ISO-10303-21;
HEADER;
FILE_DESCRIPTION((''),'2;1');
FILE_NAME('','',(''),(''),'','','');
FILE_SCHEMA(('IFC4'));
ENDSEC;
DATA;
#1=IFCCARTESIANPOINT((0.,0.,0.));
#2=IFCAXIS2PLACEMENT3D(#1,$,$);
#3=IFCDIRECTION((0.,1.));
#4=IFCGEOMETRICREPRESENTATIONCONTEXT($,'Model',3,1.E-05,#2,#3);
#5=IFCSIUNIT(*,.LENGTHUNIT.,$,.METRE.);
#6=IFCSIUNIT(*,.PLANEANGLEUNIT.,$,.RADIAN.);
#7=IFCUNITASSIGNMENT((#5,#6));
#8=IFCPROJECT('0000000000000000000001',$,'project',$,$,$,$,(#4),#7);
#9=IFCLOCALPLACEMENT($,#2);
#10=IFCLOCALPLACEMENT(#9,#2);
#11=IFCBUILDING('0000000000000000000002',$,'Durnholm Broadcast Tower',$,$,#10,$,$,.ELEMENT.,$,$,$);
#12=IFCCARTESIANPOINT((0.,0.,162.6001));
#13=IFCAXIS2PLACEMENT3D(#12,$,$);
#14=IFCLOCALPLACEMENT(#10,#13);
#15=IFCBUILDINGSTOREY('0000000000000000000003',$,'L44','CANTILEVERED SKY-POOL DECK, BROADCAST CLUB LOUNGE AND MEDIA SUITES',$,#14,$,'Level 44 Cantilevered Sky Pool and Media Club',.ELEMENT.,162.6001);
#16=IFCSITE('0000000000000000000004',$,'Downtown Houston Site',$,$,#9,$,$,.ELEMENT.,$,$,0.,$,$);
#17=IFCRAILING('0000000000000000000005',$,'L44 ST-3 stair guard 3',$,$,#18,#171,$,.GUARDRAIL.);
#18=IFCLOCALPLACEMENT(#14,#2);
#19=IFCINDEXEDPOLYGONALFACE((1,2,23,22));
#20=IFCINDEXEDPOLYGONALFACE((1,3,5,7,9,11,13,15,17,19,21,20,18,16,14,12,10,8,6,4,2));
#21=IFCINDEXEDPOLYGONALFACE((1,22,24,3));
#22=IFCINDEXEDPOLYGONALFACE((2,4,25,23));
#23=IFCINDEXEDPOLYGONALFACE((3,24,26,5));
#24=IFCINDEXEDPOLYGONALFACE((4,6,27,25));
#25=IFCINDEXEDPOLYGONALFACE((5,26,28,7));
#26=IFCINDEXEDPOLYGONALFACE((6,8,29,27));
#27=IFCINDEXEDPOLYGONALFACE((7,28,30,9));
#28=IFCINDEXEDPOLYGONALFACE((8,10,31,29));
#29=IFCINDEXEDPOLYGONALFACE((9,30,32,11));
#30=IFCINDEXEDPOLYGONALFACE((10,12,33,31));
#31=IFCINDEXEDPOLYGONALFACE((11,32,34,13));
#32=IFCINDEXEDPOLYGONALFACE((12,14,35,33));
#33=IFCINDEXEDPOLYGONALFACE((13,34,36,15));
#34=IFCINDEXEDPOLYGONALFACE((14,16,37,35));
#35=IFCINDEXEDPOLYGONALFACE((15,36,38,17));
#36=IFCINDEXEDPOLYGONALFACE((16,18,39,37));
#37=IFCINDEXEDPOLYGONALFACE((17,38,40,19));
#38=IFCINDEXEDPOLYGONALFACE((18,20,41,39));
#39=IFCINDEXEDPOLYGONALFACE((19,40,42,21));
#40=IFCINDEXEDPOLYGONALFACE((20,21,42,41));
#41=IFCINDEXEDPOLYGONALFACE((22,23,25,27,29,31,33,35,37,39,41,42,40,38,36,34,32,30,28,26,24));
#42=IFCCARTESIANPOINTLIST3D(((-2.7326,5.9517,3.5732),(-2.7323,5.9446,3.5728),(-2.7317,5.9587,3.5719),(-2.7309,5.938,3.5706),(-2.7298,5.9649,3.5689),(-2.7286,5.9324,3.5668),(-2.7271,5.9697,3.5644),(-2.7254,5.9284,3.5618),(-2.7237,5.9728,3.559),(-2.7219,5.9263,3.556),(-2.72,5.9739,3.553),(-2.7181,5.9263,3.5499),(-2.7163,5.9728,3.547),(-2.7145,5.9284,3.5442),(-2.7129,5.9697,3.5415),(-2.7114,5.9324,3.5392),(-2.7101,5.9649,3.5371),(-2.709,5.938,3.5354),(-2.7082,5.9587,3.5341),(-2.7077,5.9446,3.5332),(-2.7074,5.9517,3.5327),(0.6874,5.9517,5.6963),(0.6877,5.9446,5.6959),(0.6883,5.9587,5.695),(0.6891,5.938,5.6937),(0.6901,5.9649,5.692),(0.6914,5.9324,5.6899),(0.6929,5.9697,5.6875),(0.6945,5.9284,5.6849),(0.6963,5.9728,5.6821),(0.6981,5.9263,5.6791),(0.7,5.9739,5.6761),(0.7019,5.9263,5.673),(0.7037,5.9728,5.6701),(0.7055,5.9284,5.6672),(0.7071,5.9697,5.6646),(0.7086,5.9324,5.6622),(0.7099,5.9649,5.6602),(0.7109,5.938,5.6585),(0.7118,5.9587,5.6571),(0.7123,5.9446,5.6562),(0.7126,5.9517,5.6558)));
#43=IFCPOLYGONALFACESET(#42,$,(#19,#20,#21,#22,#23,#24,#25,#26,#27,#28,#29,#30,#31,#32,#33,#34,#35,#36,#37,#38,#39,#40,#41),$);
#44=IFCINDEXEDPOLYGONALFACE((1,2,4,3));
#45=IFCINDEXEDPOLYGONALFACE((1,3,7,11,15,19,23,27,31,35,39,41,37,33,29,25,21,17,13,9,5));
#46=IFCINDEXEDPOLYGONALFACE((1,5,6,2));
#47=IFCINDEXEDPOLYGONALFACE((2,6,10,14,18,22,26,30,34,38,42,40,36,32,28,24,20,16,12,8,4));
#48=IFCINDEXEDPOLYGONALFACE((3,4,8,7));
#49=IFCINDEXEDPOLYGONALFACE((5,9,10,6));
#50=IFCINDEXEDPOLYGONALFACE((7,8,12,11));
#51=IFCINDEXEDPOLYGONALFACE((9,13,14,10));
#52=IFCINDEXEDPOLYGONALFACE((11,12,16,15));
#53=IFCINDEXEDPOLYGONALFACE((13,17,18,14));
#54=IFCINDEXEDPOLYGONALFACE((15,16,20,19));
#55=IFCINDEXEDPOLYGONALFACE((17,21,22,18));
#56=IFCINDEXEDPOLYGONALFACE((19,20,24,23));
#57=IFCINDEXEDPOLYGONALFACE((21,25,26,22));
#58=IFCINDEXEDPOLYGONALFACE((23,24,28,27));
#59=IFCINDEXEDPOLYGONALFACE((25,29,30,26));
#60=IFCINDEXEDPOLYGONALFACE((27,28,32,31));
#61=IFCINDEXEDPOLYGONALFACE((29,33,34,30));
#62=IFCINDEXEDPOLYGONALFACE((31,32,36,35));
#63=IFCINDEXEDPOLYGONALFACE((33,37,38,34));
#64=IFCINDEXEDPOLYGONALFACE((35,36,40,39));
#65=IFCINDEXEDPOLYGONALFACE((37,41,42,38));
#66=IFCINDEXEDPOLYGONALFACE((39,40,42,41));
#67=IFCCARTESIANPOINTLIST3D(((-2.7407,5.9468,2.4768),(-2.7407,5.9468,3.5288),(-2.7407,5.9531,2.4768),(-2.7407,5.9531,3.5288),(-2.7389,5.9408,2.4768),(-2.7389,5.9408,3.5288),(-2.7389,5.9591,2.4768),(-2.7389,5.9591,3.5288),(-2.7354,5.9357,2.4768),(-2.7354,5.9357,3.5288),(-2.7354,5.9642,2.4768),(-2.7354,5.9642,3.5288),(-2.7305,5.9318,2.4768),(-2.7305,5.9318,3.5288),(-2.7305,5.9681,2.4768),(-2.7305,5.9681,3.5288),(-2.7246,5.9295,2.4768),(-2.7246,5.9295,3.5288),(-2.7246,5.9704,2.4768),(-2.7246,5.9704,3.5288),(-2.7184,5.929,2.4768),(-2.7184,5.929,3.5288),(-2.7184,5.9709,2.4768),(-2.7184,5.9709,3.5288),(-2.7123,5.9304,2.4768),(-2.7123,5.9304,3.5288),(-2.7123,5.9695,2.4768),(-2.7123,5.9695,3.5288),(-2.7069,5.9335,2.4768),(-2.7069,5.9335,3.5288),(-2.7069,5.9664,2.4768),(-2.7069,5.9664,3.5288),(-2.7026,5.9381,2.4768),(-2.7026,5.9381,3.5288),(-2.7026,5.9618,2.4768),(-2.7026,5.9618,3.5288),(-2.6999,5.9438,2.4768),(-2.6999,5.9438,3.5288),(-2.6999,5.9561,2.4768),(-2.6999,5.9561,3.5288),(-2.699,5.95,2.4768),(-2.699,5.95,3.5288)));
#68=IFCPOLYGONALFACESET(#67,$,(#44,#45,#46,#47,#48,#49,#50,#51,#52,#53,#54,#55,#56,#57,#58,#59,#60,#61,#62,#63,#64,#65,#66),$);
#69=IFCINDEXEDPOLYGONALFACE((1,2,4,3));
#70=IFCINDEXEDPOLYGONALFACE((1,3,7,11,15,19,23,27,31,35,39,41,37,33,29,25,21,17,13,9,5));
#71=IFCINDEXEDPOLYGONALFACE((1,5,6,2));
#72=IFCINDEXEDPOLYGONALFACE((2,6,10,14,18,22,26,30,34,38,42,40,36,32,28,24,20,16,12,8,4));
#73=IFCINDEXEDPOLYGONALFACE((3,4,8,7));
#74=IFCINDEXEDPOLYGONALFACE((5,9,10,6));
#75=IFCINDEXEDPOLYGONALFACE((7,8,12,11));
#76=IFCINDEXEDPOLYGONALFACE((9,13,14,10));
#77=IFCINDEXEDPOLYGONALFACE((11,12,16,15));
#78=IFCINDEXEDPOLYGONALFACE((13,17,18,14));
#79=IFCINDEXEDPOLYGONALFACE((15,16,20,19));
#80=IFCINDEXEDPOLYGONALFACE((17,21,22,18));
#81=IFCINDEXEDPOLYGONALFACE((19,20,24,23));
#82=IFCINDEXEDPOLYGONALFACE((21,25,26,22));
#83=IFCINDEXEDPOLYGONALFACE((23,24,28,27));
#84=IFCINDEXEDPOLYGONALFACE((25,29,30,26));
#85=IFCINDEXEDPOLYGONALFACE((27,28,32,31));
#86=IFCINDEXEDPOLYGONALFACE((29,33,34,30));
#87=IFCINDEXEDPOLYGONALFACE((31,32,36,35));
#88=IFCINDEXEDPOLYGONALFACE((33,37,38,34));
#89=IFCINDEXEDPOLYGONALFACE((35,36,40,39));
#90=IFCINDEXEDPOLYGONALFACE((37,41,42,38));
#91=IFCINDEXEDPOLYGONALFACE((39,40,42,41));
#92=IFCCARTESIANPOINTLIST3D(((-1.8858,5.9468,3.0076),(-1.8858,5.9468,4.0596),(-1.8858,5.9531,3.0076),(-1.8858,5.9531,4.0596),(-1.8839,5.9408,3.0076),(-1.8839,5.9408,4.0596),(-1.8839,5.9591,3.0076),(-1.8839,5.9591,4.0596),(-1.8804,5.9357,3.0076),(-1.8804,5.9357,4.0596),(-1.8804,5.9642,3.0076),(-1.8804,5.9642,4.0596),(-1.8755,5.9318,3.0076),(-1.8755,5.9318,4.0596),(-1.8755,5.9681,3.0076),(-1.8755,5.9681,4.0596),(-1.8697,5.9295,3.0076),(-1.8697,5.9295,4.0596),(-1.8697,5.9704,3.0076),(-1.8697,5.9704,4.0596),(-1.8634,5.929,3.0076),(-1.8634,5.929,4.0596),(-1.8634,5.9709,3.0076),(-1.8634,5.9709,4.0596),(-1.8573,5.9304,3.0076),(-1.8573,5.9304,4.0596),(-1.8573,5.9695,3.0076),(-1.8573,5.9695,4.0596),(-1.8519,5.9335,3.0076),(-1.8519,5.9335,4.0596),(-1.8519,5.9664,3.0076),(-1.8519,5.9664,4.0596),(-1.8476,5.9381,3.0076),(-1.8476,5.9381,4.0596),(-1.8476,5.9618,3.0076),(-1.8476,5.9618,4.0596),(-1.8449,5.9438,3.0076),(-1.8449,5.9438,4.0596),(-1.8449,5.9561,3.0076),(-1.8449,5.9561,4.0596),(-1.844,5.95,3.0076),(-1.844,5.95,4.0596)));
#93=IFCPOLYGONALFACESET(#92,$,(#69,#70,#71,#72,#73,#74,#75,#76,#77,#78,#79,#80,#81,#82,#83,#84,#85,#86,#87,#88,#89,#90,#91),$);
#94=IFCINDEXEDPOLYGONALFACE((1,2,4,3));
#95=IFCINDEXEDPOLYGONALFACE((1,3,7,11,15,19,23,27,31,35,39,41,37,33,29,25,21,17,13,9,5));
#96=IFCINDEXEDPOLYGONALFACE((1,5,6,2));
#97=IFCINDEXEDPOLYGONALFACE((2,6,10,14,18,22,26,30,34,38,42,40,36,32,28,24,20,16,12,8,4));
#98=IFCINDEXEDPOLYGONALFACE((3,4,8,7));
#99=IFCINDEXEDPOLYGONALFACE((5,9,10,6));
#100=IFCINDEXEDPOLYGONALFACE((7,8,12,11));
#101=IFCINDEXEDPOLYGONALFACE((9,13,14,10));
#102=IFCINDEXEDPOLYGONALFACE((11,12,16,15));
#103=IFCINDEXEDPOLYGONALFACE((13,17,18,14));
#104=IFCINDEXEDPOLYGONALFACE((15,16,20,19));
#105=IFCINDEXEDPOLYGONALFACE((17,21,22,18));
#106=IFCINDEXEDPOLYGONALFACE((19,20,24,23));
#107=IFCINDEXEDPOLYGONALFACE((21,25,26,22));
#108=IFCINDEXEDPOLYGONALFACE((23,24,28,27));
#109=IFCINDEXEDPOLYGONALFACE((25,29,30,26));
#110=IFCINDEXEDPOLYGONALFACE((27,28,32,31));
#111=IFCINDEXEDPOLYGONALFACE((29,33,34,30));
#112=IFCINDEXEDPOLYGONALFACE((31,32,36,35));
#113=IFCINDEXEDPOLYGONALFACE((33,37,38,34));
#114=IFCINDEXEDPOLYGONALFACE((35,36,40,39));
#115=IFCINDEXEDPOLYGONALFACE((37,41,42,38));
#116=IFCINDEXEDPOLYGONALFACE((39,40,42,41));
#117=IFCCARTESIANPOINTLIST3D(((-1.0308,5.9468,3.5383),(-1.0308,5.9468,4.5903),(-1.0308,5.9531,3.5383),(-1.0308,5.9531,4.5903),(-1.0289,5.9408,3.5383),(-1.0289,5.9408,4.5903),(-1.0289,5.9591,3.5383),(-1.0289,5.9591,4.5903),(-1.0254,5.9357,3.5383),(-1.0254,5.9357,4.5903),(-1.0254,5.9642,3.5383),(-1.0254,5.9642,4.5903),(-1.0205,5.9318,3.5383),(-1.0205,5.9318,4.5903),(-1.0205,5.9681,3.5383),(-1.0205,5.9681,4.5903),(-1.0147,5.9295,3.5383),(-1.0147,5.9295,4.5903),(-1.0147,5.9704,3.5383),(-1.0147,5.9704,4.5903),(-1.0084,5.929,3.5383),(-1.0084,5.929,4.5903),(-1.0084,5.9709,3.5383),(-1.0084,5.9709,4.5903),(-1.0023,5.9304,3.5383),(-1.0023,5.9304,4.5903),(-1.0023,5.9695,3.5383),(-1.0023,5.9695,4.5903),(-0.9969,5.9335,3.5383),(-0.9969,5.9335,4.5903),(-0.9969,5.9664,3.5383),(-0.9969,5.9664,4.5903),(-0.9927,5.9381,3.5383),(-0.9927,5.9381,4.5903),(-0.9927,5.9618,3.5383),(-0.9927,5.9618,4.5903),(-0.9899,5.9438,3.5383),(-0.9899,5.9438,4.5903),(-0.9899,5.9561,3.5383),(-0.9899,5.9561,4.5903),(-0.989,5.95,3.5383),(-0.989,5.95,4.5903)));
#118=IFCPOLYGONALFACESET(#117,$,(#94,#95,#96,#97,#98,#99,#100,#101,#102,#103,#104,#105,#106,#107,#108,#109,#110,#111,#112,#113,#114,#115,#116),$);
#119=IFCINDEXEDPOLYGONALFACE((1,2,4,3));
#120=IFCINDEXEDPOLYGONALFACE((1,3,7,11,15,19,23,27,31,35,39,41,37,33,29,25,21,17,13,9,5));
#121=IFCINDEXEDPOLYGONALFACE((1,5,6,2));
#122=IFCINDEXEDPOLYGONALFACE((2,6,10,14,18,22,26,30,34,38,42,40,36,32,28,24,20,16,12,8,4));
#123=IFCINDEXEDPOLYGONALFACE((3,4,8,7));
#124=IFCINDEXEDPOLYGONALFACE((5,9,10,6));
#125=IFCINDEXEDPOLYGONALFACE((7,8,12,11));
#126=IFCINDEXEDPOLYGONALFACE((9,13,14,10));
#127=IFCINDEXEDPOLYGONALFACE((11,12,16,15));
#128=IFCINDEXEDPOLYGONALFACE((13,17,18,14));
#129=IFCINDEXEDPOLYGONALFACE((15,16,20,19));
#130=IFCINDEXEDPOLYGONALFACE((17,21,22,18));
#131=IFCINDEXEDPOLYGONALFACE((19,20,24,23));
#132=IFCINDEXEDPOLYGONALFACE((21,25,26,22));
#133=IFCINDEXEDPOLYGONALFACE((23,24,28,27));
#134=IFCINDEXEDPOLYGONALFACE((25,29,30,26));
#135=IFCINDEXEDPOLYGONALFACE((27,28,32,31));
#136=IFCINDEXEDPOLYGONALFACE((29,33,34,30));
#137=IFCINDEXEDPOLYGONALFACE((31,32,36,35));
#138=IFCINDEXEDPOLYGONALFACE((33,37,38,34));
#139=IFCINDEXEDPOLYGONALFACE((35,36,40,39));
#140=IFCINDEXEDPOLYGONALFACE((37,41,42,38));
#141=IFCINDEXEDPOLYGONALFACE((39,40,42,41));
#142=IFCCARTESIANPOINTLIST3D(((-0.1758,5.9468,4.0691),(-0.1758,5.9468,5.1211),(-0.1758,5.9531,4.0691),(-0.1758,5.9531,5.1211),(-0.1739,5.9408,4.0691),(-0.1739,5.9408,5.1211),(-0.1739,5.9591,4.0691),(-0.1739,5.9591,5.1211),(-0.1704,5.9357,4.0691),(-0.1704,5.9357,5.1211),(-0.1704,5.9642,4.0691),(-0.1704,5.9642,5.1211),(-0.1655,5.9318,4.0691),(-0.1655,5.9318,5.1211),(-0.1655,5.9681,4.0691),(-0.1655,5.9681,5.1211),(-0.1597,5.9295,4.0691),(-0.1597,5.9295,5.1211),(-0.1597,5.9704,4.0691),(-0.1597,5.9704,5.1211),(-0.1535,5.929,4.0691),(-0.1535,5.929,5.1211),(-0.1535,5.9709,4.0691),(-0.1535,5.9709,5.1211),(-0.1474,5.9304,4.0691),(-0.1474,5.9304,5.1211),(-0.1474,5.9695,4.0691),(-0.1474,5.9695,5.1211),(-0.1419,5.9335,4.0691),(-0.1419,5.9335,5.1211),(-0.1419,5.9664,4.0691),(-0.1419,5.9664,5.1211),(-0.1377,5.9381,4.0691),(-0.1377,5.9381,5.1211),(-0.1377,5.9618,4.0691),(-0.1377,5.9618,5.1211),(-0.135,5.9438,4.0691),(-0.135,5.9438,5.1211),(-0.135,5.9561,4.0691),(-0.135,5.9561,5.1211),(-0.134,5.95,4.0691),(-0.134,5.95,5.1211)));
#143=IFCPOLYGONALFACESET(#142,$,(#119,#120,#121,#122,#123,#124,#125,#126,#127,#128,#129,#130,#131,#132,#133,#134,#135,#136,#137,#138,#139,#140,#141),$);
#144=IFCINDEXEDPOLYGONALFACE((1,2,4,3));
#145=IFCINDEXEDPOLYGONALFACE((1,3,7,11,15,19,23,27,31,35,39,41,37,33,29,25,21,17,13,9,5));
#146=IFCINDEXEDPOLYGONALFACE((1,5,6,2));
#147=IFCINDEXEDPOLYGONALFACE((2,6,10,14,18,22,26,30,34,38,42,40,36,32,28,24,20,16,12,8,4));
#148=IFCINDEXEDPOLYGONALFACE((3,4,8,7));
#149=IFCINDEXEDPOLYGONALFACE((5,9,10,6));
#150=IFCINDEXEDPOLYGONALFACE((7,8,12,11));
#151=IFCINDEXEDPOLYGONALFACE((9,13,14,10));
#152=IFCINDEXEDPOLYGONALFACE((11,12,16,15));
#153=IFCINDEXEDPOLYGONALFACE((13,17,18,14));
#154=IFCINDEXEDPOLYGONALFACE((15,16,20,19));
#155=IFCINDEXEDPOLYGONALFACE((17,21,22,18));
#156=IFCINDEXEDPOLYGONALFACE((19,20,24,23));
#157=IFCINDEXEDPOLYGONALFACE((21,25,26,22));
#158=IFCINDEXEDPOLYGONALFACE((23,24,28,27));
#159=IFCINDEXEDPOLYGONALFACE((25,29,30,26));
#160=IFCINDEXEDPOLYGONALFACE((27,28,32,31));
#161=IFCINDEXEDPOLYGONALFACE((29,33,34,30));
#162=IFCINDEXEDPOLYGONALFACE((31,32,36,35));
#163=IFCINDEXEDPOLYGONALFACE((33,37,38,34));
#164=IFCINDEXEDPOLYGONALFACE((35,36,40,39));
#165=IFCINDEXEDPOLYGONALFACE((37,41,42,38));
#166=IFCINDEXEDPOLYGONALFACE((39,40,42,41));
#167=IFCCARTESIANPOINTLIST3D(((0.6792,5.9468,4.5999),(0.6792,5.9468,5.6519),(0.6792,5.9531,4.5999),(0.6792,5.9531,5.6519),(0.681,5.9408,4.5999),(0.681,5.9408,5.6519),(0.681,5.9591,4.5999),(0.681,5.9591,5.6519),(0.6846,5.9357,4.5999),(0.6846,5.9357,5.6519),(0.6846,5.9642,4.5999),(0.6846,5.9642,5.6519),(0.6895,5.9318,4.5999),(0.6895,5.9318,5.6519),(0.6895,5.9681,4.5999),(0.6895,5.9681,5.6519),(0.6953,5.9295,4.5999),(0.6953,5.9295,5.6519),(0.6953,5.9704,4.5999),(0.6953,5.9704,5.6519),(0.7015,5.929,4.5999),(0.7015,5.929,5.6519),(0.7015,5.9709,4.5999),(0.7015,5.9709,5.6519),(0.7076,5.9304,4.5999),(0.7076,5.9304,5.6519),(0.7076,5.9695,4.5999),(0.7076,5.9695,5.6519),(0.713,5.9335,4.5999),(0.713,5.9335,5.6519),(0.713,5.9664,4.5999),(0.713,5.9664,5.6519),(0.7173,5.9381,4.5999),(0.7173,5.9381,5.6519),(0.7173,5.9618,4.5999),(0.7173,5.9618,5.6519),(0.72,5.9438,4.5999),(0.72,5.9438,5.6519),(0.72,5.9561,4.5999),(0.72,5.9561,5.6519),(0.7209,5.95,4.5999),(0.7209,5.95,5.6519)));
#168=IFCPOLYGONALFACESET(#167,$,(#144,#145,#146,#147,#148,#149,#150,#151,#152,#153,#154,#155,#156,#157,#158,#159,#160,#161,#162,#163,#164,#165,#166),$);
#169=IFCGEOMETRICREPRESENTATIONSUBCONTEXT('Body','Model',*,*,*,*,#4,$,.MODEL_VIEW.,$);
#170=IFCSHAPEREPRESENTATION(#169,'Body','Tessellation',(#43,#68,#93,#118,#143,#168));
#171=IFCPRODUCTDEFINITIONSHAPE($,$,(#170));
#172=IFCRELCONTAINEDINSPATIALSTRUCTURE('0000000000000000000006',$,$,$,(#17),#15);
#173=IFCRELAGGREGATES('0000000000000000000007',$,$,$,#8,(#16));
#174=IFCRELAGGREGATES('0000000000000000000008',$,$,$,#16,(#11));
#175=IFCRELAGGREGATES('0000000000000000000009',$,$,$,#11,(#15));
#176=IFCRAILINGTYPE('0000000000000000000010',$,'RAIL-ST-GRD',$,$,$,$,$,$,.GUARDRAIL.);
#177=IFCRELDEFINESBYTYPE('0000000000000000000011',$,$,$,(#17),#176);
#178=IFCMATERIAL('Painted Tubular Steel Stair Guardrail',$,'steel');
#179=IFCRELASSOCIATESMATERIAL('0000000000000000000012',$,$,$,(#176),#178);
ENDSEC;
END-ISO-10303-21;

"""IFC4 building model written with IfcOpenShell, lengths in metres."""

from ifc_helpers import new_model, si_unit, direction, frame, origin, origin_2d, place, context, subcontext, project, spatial, circle, extrude, material, type_object, element, save


model = new_model("IFC4")

# Units and contexts
model_context = context("Model", 3, precision=1e-05, world=origin(), true_north=direction((0.0, 1.0)))
body_context = subcontext(model_context, "Body", "Model", "MODEL_VIEW")
ifc_project = project(units=[si_unit("LENGTHUNIT", "METRE"), si_unit("PLANEANGLEUNIT", "RADIAN")], contexts=[model_context])

# Site, building, storey
site_placement = place(None, origin())
site = spatial("IfcSite", under=ifc_project, at=site_placement, Name="Downtown Houston Site", CompositionType="ELEMENT", RefElevation=0.0)
building_placement = place(site_placement, origin())
building = spatial("IfcBuilding", under=site, at=building_placement, Name="Durnholm Broadcast Tower", CompositionType="ELEMENT")
storey_placement = place(building_placement, frame((0.0, 0.0, 162.6001)))
storey = spatial("IfcBuildingStorey", under=building, at=storey_placement, Name="L44", Description="CANTILEVERED SKY-POOL DECK, BROADCAST CLUB LOUNGE AND MEDIA SUITES", LongName="Level 44 Cantilevered Sky Pool and Media Club", CompositionType="ELEMENT", Elevation=162.6001)

# Railing
ifc_material_1 = material(Name="Painted Tubular Steel Stair Guardrail", Category="steel")
railing_type_1 = type_object("IfcRailingType", Name="RAIL-ST-GRD", PredefinedType="GUARDRAIL", material=ifc_material_1)
railing_1_placement = place(storey_placement, frame((-2.72, 5.95, 2.4768)))
element("IfcRailing", 1, at=railing_1_placement, inside=storey, type_object=railing_type_1, Name="L44 ST-3 stair guard 3", PredefinedType="GUARDRAIL", context=body_context, shape_type="SweptSolid", body=[
    extrude(circle(Radius=0.0239, at=origin_2d()), frame((0.0, 0.0, 1.0762), z_axis=(0.849603, 0.0, 0.527423), x_axis=(0.0, 1.0, 0.0)), (0.0, 0.0, 1.0), 4.0254),
    extrude(circle(Radius=0.021, at=origin_2d()), origin(), (0.0, 0.0, 1.0), 1.052),
    extrude(circle(Radius=0.021, at=origin_2d()), frame((0.855, 0.0, 0.5308)), (0.0, 0.0, 1.0), 1.052),
    extrude(circle(Radius=0.021, at=origin_2d()), frame((1.71, 0.0, 1.0615)), (0.0, 0.0, 1.0), 1.052),
    extrude(circle(Radius=0.021, at=origin_2d()), frame((2.5649, 0.0, 1.5923)), (0.0, 0.0, 1.0), 1.052),
    extrude(circle(Radius=0.021, at=origin_2d()), frame((3.4199, 0.0, 2.123)), (0.0, 0.0, 1.0), 1.052),
])

save(model, "model.ifc")
